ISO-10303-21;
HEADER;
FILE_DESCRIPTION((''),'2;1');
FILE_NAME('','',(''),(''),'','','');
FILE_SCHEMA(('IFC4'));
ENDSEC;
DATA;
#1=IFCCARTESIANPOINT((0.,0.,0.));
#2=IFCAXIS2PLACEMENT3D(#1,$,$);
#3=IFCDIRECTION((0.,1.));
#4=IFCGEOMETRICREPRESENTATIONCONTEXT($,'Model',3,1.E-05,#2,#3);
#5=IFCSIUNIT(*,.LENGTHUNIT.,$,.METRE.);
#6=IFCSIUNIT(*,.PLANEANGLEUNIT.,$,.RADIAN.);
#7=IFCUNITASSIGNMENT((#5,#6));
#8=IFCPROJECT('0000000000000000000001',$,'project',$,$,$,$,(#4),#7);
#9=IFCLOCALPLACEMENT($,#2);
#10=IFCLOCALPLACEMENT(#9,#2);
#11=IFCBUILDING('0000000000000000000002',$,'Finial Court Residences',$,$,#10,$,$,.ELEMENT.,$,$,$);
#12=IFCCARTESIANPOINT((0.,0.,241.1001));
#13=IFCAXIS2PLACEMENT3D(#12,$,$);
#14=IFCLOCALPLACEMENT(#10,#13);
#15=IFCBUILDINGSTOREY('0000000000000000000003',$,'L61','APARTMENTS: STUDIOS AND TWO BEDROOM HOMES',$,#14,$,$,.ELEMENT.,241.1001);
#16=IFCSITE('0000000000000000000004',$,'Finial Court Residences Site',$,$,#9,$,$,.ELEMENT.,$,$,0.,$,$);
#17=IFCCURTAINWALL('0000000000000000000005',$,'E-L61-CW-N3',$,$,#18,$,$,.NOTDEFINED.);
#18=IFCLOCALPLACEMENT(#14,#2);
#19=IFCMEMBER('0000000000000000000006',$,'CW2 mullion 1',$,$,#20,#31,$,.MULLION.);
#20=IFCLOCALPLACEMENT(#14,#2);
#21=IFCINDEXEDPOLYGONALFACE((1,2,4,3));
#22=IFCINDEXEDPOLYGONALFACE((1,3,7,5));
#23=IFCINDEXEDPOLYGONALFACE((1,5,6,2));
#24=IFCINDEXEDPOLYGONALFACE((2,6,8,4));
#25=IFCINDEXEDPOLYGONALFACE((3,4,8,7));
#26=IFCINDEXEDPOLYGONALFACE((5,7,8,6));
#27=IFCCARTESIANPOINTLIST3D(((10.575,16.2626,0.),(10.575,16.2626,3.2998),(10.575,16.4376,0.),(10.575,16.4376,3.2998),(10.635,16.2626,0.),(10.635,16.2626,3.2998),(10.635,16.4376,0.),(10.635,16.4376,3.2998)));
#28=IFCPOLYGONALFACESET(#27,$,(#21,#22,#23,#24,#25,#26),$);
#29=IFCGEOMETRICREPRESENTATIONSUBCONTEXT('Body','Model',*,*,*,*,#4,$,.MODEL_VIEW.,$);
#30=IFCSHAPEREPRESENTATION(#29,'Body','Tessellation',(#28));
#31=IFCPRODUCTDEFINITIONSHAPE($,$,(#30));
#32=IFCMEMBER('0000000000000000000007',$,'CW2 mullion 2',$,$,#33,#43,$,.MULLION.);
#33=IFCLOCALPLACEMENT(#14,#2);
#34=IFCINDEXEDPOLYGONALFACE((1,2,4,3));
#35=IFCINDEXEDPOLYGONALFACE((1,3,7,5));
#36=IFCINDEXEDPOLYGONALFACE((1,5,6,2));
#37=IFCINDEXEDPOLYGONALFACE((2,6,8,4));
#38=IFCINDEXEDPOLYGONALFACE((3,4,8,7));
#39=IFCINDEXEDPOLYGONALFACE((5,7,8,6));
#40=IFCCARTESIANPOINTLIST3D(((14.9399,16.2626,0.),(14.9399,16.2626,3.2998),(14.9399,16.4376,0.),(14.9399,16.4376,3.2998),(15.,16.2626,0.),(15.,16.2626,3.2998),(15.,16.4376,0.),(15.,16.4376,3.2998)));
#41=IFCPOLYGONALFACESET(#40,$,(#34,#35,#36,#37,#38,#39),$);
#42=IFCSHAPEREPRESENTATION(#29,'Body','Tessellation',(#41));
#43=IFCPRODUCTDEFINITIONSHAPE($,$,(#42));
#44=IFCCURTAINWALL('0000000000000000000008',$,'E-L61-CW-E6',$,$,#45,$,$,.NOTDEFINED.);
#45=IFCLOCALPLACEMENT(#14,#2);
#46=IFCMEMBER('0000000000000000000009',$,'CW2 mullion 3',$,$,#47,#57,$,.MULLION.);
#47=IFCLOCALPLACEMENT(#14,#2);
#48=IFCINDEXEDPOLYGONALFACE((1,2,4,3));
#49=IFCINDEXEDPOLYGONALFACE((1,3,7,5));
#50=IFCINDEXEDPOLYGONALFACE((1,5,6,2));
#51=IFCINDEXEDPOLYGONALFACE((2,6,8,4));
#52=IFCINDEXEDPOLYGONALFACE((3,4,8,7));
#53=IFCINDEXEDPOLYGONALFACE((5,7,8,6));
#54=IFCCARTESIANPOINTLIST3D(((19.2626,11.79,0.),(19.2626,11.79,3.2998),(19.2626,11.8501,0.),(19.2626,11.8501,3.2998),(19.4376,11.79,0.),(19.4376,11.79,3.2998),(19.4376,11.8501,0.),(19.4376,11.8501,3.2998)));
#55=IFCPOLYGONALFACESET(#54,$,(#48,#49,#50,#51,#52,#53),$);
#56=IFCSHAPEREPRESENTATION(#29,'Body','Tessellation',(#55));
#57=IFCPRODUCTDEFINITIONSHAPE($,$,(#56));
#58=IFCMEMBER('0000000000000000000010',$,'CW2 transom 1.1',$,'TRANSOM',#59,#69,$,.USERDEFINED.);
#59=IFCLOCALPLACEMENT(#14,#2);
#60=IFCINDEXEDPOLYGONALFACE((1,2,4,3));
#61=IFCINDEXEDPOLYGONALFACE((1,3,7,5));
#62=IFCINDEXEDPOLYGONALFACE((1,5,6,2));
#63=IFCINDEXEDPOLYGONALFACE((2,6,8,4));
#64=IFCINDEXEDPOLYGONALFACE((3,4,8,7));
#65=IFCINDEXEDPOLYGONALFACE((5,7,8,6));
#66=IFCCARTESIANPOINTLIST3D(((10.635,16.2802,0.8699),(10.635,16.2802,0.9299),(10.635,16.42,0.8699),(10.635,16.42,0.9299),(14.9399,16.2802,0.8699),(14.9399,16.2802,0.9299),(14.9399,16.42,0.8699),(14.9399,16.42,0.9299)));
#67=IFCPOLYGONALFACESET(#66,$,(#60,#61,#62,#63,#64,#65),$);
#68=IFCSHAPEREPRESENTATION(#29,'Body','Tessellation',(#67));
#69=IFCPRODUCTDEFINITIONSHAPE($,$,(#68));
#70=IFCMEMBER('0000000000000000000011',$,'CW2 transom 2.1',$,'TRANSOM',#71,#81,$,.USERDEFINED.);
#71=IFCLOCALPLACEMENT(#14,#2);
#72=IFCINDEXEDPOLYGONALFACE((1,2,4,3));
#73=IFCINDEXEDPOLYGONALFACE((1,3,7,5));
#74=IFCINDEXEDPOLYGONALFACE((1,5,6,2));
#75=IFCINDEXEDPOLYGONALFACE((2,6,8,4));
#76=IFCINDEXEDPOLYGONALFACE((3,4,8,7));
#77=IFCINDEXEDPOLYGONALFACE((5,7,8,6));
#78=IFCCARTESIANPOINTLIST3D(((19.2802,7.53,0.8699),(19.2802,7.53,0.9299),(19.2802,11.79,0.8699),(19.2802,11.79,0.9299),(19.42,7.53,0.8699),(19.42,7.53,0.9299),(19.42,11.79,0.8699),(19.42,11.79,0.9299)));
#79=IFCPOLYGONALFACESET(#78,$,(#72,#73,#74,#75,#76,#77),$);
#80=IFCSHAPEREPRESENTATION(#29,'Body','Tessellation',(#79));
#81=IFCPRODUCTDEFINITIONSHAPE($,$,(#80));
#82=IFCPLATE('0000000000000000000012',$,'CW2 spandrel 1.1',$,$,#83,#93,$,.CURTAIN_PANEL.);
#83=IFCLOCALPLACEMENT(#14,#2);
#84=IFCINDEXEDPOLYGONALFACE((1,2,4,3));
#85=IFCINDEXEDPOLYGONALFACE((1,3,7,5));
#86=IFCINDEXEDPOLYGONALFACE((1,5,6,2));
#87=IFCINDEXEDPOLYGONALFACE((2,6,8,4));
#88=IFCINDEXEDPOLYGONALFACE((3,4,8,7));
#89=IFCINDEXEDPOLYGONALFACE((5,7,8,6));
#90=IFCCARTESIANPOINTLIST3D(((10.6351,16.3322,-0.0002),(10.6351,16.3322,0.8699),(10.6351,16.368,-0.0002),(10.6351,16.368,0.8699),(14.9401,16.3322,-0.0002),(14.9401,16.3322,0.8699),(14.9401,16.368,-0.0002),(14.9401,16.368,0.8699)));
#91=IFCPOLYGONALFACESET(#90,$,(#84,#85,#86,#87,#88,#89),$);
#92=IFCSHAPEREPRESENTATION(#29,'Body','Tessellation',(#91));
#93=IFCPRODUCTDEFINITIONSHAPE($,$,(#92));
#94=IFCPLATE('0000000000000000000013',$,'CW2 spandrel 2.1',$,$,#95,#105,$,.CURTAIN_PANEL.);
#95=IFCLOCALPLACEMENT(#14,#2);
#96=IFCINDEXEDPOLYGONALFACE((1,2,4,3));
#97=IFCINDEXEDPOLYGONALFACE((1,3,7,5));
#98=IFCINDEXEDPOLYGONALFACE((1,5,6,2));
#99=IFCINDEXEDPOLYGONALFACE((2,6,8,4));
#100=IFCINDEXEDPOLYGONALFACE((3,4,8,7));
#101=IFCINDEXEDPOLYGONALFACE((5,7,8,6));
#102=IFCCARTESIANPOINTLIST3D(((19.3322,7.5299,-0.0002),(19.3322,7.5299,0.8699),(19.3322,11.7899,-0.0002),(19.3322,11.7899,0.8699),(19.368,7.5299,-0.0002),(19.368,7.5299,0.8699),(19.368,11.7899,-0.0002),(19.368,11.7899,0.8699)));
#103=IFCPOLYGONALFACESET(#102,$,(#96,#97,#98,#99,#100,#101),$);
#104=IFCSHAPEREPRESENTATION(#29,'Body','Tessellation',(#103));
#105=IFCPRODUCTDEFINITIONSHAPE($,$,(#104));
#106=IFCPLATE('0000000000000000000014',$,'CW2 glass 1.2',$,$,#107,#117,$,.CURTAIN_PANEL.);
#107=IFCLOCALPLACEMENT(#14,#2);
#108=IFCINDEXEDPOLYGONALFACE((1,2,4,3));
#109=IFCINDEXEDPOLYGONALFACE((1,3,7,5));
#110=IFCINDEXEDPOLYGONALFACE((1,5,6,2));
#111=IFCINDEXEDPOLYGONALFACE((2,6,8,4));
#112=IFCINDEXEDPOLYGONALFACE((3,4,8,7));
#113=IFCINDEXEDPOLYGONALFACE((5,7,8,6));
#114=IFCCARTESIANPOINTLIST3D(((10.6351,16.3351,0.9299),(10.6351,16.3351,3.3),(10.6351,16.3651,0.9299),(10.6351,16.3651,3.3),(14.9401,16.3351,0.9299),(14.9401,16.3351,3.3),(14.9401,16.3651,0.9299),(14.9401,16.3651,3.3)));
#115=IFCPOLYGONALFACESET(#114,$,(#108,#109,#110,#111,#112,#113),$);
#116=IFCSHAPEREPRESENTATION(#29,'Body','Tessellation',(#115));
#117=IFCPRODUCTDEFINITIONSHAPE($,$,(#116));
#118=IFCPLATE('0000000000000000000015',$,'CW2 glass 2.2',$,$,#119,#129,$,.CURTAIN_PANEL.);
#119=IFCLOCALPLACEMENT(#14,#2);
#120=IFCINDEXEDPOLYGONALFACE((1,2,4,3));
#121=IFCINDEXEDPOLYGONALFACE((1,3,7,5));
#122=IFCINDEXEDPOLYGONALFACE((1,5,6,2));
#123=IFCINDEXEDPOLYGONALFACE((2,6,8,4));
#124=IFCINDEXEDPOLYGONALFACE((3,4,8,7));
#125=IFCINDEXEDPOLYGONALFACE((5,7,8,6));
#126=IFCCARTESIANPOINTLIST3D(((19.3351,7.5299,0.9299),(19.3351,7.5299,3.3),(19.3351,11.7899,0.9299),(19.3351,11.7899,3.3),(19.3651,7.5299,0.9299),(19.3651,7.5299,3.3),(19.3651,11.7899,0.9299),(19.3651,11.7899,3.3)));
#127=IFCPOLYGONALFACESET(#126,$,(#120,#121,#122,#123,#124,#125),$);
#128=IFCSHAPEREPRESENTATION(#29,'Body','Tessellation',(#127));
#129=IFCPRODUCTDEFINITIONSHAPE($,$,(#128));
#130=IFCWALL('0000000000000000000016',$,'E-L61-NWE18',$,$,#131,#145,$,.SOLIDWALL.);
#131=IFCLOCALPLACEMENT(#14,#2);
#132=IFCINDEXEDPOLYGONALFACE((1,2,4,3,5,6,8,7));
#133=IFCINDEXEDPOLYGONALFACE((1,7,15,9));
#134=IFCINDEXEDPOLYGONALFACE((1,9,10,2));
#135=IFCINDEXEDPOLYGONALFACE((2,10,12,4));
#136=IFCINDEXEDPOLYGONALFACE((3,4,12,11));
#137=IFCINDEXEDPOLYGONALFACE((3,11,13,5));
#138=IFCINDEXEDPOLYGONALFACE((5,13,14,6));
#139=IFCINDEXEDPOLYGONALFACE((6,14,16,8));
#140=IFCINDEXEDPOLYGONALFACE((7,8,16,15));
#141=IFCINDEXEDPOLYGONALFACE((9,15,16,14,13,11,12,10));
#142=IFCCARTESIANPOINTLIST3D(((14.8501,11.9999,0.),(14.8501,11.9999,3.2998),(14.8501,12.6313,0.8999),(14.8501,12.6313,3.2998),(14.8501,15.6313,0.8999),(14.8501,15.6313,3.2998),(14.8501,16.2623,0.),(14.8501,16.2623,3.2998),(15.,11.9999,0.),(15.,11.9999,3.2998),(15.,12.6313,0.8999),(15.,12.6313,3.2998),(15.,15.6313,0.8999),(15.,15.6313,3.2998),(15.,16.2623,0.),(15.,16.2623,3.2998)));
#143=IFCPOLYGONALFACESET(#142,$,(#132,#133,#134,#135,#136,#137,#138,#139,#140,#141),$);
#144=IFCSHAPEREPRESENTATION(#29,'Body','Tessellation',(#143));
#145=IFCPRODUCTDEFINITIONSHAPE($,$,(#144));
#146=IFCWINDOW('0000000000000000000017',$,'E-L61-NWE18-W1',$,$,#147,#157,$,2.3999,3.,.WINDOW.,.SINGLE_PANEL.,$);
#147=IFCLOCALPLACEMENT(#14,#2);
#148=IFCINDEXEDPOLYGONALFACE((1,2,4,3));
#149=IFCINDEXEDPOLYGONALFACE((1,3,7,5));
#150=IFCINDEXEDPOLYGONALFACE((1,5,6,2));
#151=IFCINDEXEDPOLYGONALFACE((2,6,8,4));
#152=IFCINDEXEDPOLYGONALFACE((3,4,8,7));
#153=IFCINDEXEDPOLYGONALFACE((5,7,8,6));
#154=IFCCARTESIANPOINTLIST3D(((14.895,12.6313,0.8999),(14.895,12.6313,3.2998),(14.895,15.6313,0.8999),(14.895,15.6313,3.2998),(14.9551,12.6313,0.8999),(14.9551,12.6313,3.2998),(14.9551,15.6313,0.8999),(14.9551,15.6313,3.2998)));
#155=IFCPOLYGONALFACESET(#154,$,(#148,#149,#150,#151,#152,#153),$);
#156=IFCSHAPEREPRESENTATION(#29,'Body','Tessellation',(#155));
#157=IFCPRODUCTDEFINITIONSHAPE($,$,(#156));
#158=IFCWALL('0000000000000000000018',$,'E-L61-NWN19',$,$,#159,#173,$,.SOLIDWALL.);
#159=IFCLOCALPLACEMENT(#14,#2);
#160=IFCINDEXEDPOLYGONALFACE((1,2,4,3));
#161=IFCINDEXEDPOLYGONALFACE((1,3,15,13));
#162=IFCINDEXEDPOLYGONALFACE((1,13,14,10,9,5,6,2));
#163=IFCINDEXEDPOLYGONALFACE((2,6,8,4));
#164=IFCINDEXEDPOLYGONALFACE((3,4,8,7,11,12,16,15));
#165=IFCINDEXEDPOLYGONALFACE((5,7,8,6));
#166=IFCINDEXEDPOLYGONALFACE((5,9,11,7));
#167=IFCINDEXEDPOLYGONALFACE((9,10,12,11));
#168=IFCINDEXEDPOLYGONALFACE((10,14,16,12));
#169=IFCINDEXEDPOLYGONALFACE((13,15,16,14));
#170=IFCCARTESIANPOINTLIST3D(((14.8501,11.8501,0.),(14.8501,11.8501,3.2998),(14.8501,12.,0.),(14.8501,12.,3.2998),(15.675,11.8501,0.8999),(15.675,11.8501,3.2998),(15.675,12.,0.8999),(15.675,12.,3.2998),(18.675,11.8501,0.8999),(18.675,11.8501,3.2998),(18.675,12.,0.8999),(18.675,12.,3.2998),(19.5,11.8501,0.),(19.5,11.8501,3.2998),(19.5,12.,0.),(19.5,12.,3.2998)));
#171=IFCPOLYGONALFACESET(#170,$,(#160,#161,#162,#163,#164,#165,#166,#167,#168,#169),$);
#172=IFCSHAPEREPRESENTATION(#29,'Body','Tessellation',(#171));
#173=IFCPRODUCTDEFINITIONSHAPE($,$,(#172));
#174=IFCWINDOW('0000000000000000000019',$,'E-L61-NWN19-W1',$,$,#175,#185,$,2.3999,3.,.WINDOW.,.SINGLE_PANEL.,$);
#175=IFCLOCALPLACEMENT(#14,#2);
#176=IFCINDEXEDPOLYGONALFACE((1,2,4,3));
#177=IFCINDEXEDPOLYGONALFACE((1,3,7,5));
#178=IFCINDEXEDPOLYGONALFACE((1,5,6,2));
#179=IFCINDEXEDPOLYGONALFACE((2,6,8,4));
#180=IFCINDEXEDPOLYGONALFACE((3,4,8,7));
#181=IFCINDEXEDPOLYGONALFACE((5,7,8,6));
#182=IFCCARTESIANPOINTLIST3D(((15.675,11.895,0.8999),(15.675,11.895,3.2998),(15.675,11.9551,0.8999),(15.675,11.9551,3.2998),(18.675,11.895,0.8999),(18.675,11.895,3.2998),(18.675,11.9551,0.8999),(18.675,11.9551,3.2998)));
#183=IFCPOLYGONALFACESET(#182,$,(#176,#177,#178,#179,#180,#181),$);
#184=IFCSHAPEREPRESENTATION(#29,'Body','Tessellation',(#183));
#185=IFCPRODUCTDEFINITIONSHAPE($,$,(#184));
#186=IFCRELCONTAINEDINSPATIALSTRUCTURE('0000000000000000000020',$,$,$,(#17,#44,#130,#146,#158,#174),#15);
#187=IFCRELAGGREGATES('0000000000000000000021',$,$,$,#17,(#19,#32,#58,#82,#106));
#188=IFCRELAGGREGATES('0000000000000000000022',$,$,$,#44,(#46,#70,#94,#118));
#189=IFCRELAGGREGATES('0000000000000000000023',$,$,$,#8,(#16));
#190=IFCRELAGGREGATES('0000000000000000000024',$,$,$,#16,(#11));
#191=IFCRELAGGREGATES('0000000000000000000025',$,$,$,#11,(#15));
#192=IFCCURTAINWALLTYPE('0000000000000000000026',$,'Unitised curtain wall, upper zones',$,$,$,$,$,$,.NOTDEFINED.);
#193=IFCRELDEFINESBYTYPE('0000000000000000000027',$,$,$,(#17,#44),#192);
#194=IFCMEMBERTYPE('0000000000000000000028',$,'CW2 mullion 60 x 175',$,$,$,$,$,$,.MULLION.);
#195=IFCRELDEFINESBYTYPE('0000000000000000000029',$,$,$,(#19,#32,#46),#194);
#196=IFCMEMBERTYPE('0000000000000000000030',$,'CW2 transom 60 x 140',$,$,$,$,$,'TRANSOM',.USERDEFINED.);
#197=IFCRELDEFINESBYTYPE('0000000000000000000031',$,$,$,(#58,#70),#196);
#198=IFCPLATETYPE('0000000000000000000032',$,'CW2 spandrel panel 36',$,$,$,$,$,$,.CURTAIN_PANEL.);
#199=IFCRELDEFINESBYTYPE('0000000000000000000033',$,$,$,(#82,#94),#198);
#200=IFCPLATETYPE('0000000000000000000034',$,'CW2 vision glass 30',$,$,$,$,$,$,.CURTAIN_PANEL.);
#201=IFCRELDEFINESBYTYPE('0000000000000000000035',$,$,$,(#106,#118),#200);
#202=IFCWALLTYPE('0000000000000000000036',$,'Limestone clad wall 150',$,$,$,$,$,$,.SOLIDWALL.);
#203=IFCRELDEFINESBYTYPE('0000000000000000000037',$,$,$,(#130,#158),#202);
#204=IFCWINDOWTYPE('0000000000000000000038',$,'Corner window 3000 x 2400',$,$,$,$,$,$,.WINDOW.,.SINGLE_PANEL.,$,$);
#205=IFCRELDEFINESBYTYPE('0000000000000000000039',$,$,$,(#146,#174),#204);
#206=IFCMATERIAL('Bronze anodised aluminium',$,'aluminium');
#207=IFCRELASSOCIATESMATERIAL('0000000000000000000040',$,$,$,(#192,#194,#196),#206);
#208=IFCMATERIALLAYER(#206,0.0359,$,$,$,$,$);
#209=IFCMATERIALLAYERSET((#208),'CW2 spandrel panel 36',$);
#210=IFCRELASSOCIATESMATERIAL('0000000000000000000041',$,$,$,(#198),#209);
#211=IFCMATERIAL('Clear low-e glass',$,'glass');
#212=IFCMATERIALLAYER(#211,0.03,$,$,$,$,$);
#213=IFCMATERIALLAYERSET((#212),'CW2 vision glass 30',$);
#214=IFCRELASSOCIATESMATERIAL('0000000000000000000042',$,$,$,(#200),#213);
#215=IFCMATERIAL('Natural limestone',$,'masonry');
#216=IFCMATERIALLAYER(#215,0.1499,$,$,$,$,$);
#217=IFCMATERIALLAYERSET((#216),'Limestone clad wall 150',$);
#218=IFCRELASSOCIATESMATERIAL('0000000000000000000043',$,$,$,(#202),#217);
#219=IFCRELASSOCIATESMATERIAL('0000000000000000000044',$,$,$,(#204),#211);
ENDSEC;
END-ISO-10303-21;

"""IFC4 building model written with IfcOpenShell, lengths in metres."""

from ifc_helpers import new_model, si_unit, direction, frame, frame_2d, origin, origin_2d, place, context, subcontext, project, spatial, rectangle, extrude, material, layer, layer_set, material_profile, profile_set, type_object, element, fill, aggregate, save


model = new_model("IFC4")

# Units and contexts
model_context = context("Model", 3, precision=1e-05, world=origin(), true_north=direction((0.0, 1.0)))
body_context = subcontext(model_context, "Body", "Model", "MODEL_VIEW")
ifc_project = project(units=[si_unit("LENGTHUNIT", "METRE"), si_unit("PLANEANGLEUNIT", "RADIAN")], contexts=[model_context])

# Site, building, storey
site_placement = place(None, origin())
site = spatial("IfcSite", under=ifc_project, at=site_placement, Name="Finial Court Residences Site", CompositionType="ELEMENT", RefElevation=0.0)
building_placement = place(site_placement, origin())
building = spatial("IfcBuilding", under=site, at=building_placement, Name="Finial Court Residences", CompositionType="ELEMENT")
storey_placement = place(building_placement, frame((0.0, 0.0, 241.1001)))
storey = spatial("IfcBuildingStorey", under=building, at=storey_placement, Name="L61", Description="APARTMENTS: STUDIOS AND TWO BEDROOM HOMES", CompositionType="ELEMENT", Elevation=241.1001)

# Curtain wall, members
ifc_material_1 = material(Name="Bronze anodised aluminium", Category="aluminium")
curtain_wall_type = type_object("IfcCurtainWallType", Name="Unitised curtain wall, upper zones", PredefinedType="NOTDEFINED", material=ifc_material_1)
curtain_wall_1_placement = place(storey_placement, origin())
curtain_wall_1 = element("IfcCurtainWall", 1, at=curtain_wall_1_placement, inside=storey, type_object=curtain_wall_type, Name="E-L61-CW-N3", PredefinedType="NOTDEFINED")
ifc_material_profile_1 = material_profile(ifc_material_1, rectangle(XDim=0.175, YDim=0.0601, at=origin_2d()), Name="CW2 mullion 60 x 175")
ifc_profile_set_1 = profile_set([ifc_material_profile_1], Name="Bronze anodised aluminium")
member_type_1 = type_object("IfcMemberType", Name="CW2 mullion 60 x 175", PredefinedType="MULLION", material=ifc_profile_set_1)
member_1_placement = place(storey_placement, frame((10.605, 16.3501, 0.0), z_axis=(0.0, 0.0, 1.0), x_axis=(0.0, 1.0, 0.0)))
member_1 = element("IfcMember", 2, at=member_1_placement, type_object=member_type_1, Name="CW2 mullion 1", PredefinedType="MULLION", context=body_context, shape_type="SweptSolid", body=[
    extrude(rectangle(XDim=0.175, YDim=0.0601, at=origin_2d()), origin(), (0.0, 0.0, 1.0), 3.2998),
])
member_2_placement = place(storey_placement, frame((14.97, 16.3501, 0.0), z_axis=(0.0, 0.0, 1.0), x_axis=(0.0, 1.0, 0.0)))
member_2 = element("IfcMember", 3, at=member_2_placement, type_object=member_type_1, Name="CW2 mullion 2", PredefinedType="MULLION", context=body_context, shape_type="SweptSolid", body=[
    extrude(rectangle(XDim=0.175, YDim=0.0601, at=origin_2d()), origin(), (0.0, 0.0, 1.0), 3.2998),
])

# Curtain wall, member
curtain_wall_2_placement = place(storey_placement, origin())
curtain_wall_2 = element("IfcCurtainWall", 4, at=curtain_wall_2_placement, inside=storey, type_object=curtain_wall_type, Name="E-L61-CW-E6", PredefinedType="NOTDEFINED")
member_3_placement = place(storey_placement, frame((19.3501, 11.8201, 0.0), z_axis=(0.0, 0.0, 1.0), x_axis=(-1.0, 0.0, 0.0)))
member_3 = element("IfcMember", 5, at=member_3_placement, type_object=member_type_1, Name="CW2 mullion 3", PredefinedType="MULLION", context=body_context, shape_type="SweptSolid", body=[
    extrude(rectangle(XDim=0.175, YDim=0.0601, at=origin_2d()), origin(), (0.0, 0.0, 1.0), 3.2998),
])

# Members
ifc_material_profile_2 = material_profile(ifc_material_1, rectangle(XDim=0.1399, YDim=0.0601, at=origin_2d()), Name="CW2 transom 60 x 140")
ifc_profile_set_2 = profile_set([ifc_material_profile_2], Name="Bronze anodised aluminium")
member_type_2 = type_object("IfcMemberType", Name="CW2 transom 60 x 140", ElementType="TRANSOM", PredefinedType="USERDEFINED", material=ifc_profile_set_2)
member_4_placement = place(storey_placement, frame((10.635, 16.3501, 0.8999), z_axis=(1.0, 0.0, 0.0), x_axis=(0.0, 1.0, 0.0)))
member_4 = element("IfcMember", 6, at=member_4_placement, type_object=member_type_2, Name="CW2 transom 1.1", ObjectType="TRANSOM", PredefinedType="USERDEFINED", context=body_context, shape_type="SweptSolid", body=[
    extrude(rectangle(XDim=0.1399, YDim=0.0601, at=origin_2d()), origin(), (0.0, 0.0, 1.0), 4.3049),
])
member_5_placement = place(storey_placement, frame((19.3501, 7.53, 0.8999), z_axis=(0.0, 1.0, 0.0), x_axis=(-1.0, 0.0, 0.0)))
member_5 = element("IfcMember", 7, at=member_5_placement, type_object=member_type_2, Name="CW2 transom 2.1", ObjectType="TRANSOM", PredefinedType="USERDEFINED", context=body_context, shape_type="SweptSolid", body=[
    extrude(rectangle(XDim=0.1399, YDim=0.0601, at=origin_2d()), origin(), (0.0, 0.0, 1.0), 4.26),
])

# Plates
ifc_layer_1 = layer(ifc_material_1, 0.0359)
ifc_layer_set_1 = layer_set([ifc_layer_1], Name="CW2 spandrel panel 36")
plate_type_1 = type_object("IfcPlateType", Name="CW2 spandrel panel 36", PredefinedType="CURTAIN_PANEL", material=ifc_layer_set_1)
plate_1_placement = place(storey_placement, frame((12.7876, 16.3501, -0.0002), z_axis=(0.0, 0.0, 1.0), x_axis=(1.0, 0.0, 0.0)))
plate_1 = element("IfcPlate", 8, at=plate_1_placement, type_object=plate_type_1, Name="CW2 spandrel 1.1", PredefinedType="CURTAIN_PANEL", context=body_context, shape_type="SweptSolid", body=[
    extrude(rectangle(XDim=4.3049, YDim=0.0359, at=origin_2d()), origin(), (0.0, 0.0, 1.0), 0.8701),
])
plate_2_placement = place(storey_placement, frame((19.3501, 9.6599, -0.0002), z_axis=(0.0, 0.0, 1.0), x_axis=(0.0, 1.0, 0.0)))
plate_2 = element("IfcPlate", 9, at=plate_2_placement, type_object=plate_type_1, Name="CW2 spandrel 2.1", PredefinedType="CURTAIN_PANEL", context=body_context, shape_type="SweptSolid", body=[
    extrude(rectangle(XDim=4.26, YDim=0.0359, at=origin_2d()), origin(), (0.0, 0.0, 1.0), 0.8701),
])
ifc_material_2 = material(Name="Clear low-e glass", Category="glass")
ifc_layer_2 = layer(ifc_material_2, 0.03)
ifc_layer_set_2 = layer_set([ifc_layer_2], Name="CW2 vision glass 30")
plate_type_2 = type_object("IfcPlateType", Name="CW2 vision glass 30", PredefinedType="CURTAIN_PANEL", material=ifc_layer_set_2)
plate_3_placement = place(storey_placement, frame((12.7876, 16.3501, 0.9299), z_axis=(0.0, 0.0, 1.0), x_axis=(1.0, 0.0, 0.0)))
plate_3 = element("IfcPlate", 10, at=plate_3_placement, type_object=plate_type_2, Name="CW2 glass 1.2", PredefinedType="CURTAIN_PANEL", context=body_context, shape_type="SweptSolid", body=[
    extrude(rectangle(XDim=4.3049, YDim=0.03, at=origin_2d()), origin(), (0.0, 0.0, 1.0), 2.3701),
])
aggregate(curtain_wall_1, [member_1, member_2, member_4, plate_1, plate_3])
plate_4_placement = place(storey_placement, frame((19.3501, 9.6599, 0.9299), z_axis=(0.0, 0.0, 1.0), x_axis=(0.0, 1.0, 0.0)))
plate_4 = element("IfcPlate", 11, at=plate_4_placement, type_object=plate_type_2, Name="CW2 glass 2.2", PredefinedType="CURTAIN_PANEL", context=body_context, shape_type="SweptSolid", body=[
    extrude(rectangle(XDim=4.26, YDim=0.03, at=origin_2d()), origin(), (0.0, 0.0, 1.0), 2.3701),
])
aggregate(curtain_wall_2, [member_3, member_5, plate_2, plate_4])

# Walls, openings, windows
ifc_material_3 = material(Name="Natural limestone", Category="masonry")
ifc_layer_3 = layer(ifc_material_3, 0.1499)
ifc_layer_set_3 = layer_set([ifc_layer_3], Name="Limestone clad wall 150")
wall_type = type_object("IfcWallType", Name="Limestone clad wall 150", PredefinedType="SOLIDWALL", material=ifc_layer_set_3)
wall_1_placement = place(storey_placement, frame((14.925, 16.2625, 0.0), z_axis=(0.0, 0.0, 1.0), x_axis=(0.0, -1.0, 0.0)))
wall_1 = element("IfcWall", 12, at=wall_1_placement, inside=storey, type_object=wall_type, Name="E-L61-NWE18", PredefinedType="SOLIDWALL", context=body_context, shape_type="SweptSolid", body=[
    extrude(rectangle(XDim=4.2625, YDim=0.1499, at=frame_2d((2.1313, 0.0))), origin(), (0.0, 0.0, 1.0), 3.2998),
])
opening_1_placement = place(wall_1_placement, frame((0.6311, 0.0, 0.8999)))
opening_1 = element("IfcOpeningElement", 13, at=opening_1_placement, cuts=wall_1, PredefinedType="OPENING", context=body_context, shape_type="SweptSolid", body=[
    extrude(rectangle(XDim=3.0, YDim=2.3999, at=frame_2d((1.5, 1.2))), frame((0.0, 0.085, 0.0), z_axis=(0.0, -1.0, 0.0), x_axis=(1.0, 0.0, 0.0)), (0.0, 0.0, 1.0), 0.1699),
])
window_type = type_object("IfcWindowType", Name="Corner window 3000 x 2400", PartitioningType="SINGLE_PANEL", PredefinedType="WINDOW", material=ifc_material_2)
window_1_placement = place(opening_1_placement, origin())
window_1 = element("IfcWindow", 14, at=window_1_placement, inside=storey, type_object=window_type, Name="E-L61-NWE18-W1", OverallHeight=2.3999, OverallWidth=3.0, PartitioningType="SINGLE_PANEL", PredefinedType="WINDOW", context=body_context, shape_type="SweptSolid", body=[
    extrude(rectangle(XDim=3.0, YDim=2.3999, at=frame_2d((1.5, 1.2))), frame((0.0, 0.03, 0.0), z_axis=(0.0, -1.0, 0.0), x_axis=(1.0, 0.0, 0.0)), (0.0, 0.0, 1.0), 0.0601),
])
fill(opening_1, window_1)
wall_2_placement = place(storey_placement, frame((14.8501, 11.925, 0.0), z_axis=(0.0, 0.0, 1.0), x_axis=(1.0, 0.0, 0.0)))
wall_2 = element("IfcWall", 15, at=wall_2_placement, inside=storey, type_object=wall_type, Name="E-L61-NWN19", PredefinedType="SOLIDWALL", context=body_context, shape_type="SweptSolid", body=[
    extrude(rectangle(XDim=4.6499, YDim=0.1499, at=frame_2d((2.325, 0.0))), origin(), (0.0, 0.0, 1.0), 3.2998),
])
opening_2_placement = place(wall_2_placement, frame((0.825, 0.0, 0.8999)))
opening_2 = element("IfcOpeningElement", 16, at=opening_2_placement, cuts=wall_2, PredefinedType="OPENING", context=body_context, shape_type="SweptSolid", body=[
    extrude(rectangle(XDim=3.0, YDim=2.3999, at=frame_2d((1.5, 1.2))), frame((0.0, 0.085, 0.0), z_axis=(0.0, -1.0, 0.0), x_axis=(1.0, 0.0, 0.0)), (0.0, 0.0, 1.0), 0.1699),
])
window_2_placement = place(opening_2_placement, origin())
window_2 = element("IfcWindow", 17, at=window_2_placement, inside=storey, type_object=window_type, Name="E-L61-NWN19-W1", OverallHeight=2.3999, OverallWidth=3.0, PartitioningType="SINGLE_PANEL", PredefinedType="WINDOW", context=body_context, shape_type="SweptSolid", body=[
    extrude(rectangle(XDim=3.0, YDim=2.3999, at=frame_2d((1.5, 1.2))), frame((0.0, 0.03, 0.0), z_axis=(0.0, -1.0, 0.0), x_axis=(1.0, 0.0, 0.0)), (0.0, 0.0, 1.0), 0.0601),
])
fill(opening_2, window_2)

save(model, "model.ifc")
